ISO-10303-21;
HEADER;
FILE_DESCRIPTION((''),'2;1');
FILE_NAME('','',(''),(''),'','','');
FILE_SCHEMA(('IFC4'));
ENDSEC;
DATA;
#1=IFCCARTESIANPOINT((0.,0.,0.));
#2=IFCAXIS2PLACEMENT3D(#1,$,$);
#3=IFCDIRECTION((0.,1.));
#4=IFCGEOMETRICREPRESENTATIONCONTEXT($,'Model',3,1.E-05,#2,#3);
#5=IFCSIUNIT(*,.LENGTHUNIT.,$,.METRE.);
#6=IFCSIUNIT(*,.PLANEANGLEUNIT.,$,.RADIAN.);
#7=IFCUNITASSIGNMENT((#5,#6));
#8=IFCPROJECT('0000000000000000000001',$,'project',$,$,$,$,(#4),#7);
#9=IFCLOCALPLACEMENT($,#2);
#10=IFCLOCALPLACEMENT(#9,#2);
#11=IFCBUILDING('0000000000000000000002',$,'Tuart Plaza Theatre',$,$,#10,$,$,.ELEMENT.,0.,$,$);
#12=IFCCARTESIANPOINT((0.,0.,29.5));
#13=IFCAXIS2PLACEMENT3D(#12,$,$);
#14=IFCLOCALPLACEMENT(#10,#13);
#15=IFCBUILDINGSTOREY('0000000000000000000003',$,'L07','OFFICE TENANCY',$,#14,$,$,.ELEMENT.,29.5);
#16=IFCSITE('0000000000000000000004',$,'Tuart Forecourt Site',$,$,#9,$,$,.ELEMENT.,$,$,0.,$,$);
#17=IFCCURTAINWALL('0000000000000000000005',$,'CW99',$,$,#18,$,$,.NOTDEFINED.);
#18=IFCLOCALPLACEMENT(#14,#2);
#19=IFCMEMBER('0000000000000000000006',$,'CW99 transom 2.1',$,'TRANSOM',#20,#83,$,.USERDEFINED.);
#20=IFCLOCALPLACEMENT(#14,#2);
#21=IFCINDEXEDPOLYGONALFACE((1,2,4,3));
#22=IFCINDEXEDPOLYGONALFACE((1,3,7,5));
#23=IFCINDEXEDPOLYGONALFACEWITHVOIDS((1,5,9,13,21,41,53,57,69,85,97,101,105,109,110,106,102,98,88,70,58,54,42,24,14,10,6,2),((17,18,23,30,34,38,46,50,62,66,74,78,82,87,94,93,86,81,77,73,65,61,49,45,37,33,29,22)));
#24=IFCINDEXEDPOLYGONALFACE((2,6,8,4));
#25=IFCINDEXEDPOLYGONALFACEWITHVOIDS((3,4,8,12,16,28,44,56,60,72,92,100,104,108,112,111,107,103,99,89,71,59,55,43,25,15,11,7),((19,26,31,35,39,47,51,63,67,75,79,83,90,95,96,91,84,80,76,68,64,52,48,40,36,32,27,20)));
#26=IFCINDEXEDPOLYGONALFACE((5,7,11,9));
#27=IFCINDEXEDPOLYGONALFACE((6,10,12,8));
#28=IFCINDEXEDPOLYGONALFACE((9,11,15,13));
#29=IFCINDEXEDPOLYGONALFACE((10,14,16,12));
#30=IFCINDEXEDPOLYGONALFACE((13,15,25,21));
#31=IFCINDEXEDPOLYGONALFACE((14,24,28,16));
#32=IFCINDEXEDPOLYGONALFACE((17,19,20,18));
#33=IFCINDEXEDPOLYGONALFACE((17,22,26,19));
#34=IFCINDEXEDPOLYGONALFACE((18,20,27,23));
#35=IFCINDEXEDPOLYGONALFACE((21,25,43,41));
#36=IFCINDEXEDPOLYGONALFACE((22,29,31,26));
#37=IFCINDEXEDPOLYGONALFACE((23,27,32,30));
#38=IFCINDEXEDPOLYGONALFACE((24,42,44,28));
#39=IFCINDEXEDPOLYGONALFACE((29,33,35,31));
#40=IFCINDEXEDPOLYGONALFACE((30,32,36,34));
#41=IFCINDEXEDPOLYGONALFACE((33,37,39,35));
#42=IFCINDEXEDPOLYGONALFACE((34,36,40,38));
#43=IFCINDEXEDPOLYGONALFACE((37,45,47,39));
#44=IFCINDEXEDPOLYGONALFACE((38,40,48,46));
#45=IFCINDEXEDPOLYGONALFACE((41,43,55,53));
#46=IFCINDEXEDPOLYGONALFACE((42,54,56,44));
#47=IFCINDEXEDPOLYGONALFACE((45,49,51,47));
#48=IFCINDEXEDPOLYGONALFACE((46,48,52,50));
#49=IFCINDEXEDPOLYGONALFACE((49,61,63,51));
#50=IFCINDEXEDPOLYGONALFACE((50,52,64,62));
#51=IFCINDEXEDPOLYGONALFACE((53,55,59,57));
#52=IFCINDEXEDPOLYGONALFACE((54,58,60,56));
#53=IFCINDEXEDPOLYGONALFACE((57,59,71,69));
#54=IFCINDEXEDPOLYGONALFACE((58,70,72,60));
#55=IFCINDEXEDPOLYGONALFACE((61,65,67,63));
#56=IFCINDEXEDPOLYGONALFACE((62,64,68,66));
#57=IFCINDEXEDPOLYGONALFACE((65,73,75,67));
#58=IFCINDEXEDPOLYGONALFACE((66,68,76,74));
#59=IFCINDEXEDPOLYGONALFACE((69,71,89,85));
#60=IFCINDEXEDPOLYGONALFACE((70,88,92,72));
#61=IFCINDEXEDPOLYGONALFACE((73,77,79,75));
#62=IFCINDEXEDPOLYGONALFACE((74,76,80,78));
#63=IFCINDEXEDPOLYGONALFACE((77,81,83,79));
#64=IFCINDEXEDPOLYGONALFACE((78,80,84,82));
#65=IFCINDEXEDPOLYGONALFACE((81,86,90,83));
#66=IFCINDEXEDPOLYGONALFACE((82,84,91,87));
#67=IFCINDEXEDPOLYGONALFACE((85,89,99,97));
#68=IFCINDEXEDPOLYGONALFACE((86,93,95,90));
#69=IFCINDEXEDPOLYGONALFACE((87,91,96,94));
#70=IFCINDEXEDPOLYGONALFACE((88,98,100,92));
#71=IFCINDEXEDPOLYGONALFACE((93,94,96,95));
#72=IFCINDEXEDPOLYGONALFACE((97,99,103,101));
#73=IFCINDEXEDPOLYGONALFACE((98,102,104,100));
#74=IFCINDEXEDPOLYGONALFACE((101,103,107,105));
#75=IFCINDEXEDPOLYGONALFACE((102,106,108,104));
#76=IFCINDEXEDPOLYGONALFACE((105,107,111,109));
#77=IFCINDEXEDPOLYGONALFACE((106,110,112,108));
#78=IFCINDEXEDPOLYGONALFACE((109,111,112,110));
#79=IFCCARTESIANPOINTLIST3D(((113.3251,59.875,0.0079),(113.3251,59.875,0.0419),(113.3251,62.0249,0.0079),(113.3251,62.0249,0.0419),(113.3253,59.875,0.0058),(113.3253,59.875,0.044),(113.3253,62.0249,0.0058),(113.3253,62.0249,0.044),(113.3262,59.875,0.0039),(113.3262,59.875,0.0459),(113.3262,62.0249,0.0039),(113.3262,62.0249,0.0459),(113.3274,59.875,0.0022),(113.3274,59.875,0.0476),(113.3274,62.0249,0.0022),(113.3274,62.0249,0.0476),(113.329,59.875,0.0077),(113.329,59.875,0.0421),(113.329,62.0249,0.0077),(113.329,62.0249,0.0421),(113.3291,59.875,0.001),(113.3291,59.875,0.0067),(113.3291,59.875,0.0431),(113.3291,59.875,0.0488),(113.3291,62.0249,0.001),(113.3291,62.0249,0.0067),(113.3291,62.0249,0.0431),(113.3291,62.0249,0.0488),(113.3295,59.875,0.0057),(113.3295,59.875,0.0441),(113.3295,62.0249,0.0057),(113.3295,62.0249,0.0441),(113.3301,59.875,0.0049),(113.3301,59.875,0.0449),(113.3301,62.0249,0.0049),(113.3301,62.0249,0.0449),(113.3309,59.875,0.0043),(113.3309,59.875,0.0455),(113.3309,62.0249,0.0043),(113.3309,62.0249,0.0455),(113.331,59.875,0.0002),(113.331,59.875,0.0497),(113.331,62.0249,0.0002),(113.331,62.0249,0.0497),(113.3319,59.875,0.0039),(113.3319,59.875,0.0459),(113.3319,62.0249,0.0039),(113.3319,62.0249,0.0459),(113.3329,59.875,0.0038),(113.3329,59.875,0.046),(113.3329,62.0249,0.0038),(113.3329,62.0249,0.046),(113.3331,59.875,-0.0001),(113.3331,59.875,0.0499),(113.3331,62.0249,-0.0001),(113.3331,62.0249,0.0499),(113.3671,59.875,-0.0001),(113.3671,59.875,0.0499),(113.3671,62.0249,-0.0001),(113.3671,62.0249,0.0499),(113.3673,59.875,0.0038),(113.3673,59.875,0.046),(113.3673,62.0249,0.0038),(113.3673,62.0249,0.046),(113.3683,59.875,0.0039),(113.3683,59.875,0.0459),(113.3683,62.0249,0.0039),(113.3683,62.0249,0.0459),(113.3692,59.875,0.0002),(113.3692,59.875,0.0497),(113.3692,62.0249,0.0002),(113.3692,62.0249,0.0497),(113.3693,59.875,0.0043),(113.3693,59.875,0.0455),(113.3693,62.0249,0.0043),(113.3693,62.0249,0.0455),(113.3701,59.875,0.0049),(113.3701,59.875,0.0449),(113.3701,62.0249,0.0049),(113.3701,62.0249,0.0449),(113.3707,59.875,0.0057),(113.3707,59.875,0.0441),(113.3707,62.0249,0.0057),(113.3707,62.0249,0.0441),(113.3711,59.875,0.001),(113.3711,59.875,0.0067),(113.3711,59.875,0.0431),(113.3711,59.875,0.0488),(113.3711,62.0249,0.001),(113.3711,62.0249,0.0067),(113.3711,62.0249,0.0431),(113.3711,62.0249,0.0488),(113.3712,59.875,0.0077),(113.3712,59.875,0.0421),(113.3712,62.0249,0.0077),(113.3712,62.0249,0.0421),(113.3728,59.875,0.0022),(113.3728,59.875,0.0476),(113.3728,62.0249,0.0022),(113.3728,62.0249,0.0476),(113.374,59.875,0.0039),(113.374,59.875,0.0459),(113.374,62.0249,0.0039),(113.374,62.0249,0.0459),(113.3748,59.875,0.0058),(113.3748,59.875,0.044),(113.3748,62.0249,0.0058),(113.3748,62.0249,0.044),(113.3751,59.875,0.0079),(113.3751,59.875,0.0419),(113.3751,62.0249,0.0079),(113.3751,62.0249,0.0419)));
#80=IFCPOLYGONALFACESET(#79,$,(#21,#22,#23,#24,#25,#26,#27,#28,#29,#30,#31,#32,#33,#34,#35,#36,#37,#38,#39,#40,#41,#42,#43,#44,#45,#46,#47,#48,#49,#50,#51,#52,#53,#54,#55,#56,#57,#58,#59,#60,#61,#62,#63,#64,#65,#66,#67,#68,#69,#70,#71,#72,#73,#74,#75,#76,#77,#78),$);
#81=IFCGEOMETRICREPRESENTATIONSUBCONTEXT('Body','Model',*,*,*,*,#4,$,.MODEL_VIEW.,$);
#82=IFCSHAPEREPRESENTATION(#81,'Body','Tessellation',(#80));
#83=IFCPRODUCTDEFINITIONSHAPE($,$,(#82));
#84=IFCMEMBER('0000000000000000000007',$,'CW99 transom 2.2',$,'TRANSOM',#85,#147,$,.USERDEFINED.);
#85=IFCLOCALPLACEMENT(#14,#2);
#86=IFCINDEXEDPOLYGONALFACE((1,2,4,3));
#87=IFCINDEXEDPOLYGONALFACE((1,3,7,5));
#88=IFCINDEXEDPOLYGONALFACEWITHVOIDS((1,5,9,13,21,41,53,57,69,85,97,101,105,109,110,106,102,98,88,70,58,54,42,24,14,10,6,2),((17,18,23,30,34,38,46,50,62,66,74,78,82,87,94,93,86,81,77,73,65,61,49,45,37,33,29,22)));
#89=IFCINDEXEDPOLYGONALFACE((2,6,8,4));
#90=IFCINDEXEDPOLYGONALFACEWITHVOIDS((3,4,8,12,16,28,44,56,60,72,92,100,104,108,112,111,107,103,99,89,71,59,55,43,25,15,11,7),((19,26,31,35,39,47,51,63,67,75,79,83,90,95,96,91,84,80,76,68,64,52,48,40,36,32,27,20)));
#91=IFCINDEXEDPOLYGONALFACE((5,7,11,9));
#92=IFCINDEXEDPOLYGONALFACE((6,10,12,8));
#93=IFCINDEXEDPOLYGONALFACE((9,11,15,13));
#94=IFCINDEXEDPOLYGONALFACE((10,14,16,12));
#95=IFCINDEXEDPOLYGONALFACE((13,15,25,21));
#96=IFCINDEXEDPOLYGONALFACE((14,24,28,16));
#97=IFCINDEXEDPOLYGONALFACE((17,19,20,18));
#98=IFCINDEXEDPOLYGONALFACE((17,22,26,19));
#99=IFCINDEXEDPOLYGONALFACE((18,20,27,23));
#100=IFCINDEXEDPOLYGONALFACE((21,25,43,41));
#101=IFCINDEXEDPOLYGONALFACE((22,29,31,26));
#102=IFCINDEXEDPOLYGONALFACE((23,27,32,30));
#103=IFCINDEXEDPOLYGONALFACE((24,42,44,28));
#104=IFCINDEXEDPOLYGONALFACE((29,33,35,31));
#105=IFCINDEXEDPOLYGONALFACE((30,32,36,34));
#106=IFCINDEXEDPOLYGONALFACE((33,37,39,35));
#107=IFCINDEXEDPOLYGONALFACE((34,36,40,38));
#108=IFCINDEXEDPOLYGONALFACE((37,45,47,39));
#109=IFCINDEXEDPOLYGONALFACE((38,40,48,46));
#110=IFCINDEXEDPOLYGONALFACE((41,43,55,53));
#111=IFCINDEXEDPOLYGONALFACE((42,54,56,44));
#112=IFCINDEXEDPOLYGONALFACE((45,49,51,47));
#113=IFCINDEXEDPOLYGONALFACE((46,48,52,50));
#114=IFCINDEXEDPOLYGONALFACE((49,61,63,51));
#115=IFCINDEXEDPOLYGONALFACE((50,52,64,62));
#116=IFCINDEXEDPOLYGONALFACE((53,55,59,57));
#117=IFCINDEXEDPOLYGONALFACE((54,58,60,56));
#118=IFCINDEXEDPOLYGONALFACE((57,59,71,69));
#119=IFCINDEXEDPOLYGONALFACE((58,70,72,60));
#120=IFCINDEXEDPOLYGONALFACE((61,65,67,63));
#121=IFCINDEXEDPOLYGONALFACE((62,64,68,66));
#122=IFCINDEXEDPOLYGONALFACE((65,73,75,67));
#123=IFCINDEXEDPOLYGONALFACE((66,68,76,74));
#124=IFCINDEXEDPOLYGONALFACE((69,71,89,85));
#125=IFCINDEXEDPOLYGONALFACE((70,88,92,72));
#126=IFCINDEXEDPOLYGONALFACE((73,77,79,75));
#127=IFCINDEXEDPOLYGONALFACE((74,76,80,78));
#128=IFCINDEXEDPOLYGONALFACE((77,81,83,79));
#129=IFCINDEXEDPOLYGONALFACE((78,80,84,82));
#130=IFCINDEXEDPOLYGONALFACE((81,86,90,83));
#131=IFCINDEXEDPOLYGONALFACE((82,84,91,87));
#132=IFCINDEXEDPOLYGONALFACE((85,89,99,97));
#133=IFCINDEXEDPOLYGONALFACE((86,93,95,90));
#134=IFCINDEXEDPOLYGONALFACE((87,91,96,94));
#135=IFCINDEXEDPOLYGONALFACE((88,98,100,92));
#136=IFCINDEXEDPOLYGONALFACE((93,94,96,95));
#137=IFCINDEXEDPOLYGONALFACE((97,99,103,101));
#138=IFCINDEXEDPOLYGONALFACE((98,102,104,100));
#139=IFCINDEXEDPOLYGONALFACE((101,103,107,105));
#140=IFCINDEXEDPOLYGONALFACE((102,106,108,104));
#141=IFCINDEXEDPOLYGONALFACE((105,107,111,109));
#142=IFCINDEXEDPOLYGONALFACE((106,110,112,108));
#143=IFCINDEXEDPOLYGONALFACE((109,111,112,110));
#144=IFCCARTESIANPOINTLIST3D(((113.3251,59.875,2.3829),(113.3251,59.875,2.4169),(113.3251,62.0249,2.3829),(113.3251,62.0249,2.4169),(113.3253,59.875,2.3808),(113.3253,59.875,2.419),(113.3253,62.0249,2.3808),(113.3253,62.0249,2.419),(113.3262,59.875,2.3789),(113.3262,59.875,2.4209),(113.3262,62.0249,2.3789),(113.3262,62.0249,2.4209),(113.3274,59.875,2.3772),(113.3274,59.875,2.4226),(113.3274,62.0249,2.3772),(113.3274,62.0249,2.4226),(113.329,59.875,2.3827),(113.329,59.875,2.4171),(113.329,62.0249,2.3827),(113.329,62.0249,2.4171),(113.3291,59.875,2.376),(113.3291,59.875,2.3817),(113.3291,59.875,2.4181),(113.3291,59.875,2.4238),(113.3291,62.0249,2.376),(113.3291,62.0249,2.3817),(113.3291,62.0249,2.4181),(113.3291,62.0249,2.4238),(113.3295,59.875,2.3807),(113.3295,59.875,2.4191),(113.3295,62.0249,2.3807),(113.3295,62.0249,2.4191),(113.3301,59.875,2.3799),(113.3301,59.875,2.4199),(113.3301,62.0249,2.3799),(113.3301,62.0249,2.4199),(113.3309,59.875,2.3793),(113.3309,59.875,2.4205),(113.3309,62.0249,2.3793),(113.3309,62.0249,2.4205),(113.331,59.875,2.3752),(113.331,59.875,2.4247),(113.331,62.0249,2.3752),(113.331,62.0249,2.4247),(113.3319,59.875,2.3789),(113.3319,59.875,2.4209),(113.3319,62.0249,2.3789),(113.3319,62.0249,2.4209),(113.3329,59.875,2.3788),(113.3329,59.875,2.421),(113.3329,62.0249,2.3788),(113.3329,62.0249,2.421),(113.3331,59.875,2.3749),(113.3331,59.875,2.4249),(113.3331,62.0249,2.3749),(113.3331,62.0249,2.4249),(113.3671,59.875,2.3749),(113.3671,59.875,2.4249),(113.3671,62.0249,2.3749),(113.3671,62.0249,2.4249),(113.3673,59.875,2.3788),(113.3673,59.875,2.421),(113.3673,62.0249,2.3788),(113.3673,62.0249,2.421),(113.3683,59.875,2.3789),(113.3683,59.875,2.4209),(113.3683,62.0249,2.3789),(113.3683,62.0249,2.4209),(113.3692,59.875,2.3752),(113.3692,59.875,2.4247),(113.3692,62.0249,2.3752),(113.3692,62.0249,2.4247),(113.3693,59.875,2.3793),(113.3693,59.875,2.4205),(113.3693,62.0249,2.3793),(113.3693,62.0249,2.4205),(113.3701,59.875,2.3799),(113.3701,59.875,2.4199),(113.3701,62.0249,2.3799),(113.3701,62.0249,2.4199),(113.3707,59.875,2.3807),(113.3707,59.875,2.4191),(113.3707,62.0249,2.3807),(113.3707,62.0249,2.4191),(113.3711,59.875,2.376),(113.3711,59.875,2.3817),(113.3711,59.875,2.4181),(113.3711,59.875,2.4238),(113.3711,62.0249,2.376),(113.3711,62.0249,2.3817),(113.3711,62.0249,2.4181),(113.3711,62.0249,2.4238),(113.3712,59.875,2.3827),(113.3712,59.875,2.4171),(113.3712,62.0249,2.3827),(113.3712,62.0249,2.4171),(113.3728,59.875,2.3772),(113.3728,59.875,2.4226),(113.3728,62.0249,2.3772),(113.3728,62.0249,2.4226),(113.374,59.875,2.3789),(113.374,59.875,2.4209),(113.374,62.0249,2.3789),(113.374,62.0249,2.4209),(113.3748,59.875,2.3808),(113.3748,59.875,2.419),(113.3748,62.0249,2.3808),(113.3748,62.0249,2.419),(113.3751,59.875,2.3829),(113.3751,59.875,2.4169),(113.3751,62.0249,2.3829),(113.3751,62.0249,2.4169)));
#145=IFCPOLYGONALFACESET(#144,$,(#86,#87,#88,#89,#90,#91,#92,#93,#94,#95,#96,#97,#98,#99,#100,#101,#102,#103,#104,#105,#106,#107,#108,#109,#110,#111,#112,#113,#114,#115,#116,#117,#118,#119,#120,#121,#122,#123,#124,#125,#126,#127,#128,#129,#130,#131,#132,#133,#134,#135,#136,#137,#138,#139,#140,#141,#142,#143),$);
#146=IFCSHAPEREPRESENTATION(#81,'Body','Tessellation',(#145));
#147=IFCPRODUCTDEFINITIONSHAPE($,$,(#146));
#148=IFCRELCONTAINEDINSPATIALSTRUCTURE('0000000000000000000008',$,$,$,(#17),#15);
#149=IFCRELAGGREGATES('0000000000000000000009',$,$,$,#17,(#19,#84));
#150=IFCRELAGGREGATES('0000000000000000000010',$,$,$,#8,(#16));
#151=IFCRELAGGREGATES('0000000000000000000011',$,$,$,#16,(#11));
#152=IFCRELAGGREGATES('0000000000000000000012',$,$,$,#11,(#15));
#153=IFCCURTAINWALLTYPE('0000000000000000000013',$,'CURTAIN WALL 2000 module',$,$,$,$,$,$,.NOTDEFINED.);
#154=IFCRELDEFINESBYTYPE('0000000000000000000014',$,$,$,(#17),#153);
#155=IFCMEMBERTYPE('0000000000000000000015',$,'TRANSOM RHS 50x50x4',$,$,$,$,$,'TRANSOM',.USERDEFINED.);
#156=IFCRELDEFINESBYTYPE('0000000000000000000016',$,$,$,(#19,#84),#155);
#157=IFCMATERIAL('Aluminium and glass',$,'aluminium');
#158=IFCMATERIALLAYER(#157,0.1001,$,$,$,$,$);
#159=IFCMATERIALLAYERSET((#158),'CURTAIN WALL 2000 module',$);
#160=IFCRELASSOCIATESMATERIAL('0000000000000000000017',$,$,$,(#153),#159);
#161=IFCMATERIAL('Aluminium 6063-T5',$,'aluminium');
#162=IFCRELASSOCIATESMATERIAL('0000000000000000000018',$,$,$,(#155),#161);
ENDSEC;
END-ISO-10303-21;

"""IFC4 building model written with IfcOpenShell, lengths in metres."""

from ifc_helpers import new_model, si_unit, direction, frame, origin, origin_2d, place, context, subcontext, project, spatial, hollow_rectangle, extrude, material, layer, layer_set, material_profile, profile_set, type_object, element, aggregate, save


model = new_model("IFC4")

# Units and contexts
model_context = context("Model", 3, precision=1e-05, world=origin(), true_north=direction((0.0, 1.0)))
body_context = subcontext(model_context, "Body", "Model", "MODEL_VIEW")
ifc_project = project(units=[si_unit("LENGTHUNIT", "METRE"), si_unit("PLANEANGLEUNIT", "RADIAN")], contexts=[model_context])

# Site, building, storey
site_placement = place(None, origin())
site = spatial("IfcSite", under=ifc_project, at=site_placement, Name="Tuart Forecourt Site", CompositionType="ELEMENT", RefElevation=0.0)
building_placement = place(site_placement, origin())
building = spatial("IfcBuilding", under=site, at=building_placement, Name="Tuart Plaza Theatre", CompositionType="ELEMENT", ElevationOfRefHeight=0.0)
storey_placement = place(building_placement, frame((0.0, 0.0, 29.5)))
storey = spatial("IfcBuildingStorey", under=building, at=storey_placement, Name="L07", Description="OFFICE TENANCY", CompositionType="ELEMENT", Elevation=29.5)

# Curtain wall
ifc_material_1 = material(Name="Aluminium and glass", Category="aluminium")
ifc_layer_1 = layer(ifc_material_1, 0.1001)
ifc_layer_set_1 = layer_set([ifc_layer_1], Name="CURTAIN WALL 2000 module")
curtain_wall_type = type_object("IfcCurtainWallType", Name="CURTAIN WALL 2000 module", PredefinedType="NOTDEFINED", material=ifc_layer_set_1)
curtain_wall_1_placement = place(storey_placement, origin())
curtain_wall_1 = element("IfcCurtainWall", 1, at=curtain_wall_1_placement, inside=storey, type_object=curtain_wall_type, Name="CW99", PredefinedType="NOTDEFINED")

# Members
ifc_material_2 = material(Name="Aluminium 6063-T5", Category="aluminium")
ifc_material_profile_1 = material_profile(ifc_material_2, hollow_rectangle(XDim=0.05, YDim=0.05, WallThickness=0.0039, InnerFilletRadius=0.0039, OuterFilletRadius=0.0081, at=origin_2d()), Name="RHS 50x50x4")
ifc_profile_set_1 = profile_set([ifc_material_profile_1], Name="Aluminium 6063-T5")
member_type_1 = type_object("IfcMemberType", Name="TRANSOM RHS 50x50x4", ElementType="TRANSOM", PredefinedType="USERDEFINED", material=ifc_profile_set_1)
member_1_placement = place(storey_placement, frame((113.3501, 62.0249, 0.0249), z_axis=(0.0, -1.0, 0.0), x_axis=(1.0, 0.0, 0.0)))
member_1 = element("IfcMember", 2, at=member_1_placement, type_object=member_type_1, Name="CW99 transom 2.1", ObjectType="TRANSOM", PredefinedType="USERDEFINED", context=body_context, shape_type="SweptSolid", body=[
    extrude(hollow_rectangle(XDim=0.05, YDim=0.05, WallThickness=0.0039, InnerFilletRadius=0.0039, OuterFilletRadius=0.0081, at=origin_2d()), origin(), (0.0, 0.0, 1.0), 2.1499),
])
member_2_placement = place(storey_placement, frame((113.3501, 62.0249, 2.3999), z_axis=(0.0, -1.0, 0.0), x_axis=(1.0, 0.0, 0.0)))
member_2 = element("IfcMember", 3, at=member_2_placement, type_object=member_type_1, Name="CW99 transom 2.2", ObjectType="TRANSOM", PredefinedType="USERDEFINED", context=body_context, shape_type="SweptSolid", body=[
    extrude(hollow_rectangle(XDim=0.05, YDim=0.05, WallThickness=0.0039, InnerFilletRadius=0.0039, OuterFilletRadius=0.0081, at=origin_2d()), origin(), (0.0, 0.0, 1.0), 2.1499),
])

aggregate(curtain_wall_1, [member_1, member_2])

save(model, "model.ifc")
